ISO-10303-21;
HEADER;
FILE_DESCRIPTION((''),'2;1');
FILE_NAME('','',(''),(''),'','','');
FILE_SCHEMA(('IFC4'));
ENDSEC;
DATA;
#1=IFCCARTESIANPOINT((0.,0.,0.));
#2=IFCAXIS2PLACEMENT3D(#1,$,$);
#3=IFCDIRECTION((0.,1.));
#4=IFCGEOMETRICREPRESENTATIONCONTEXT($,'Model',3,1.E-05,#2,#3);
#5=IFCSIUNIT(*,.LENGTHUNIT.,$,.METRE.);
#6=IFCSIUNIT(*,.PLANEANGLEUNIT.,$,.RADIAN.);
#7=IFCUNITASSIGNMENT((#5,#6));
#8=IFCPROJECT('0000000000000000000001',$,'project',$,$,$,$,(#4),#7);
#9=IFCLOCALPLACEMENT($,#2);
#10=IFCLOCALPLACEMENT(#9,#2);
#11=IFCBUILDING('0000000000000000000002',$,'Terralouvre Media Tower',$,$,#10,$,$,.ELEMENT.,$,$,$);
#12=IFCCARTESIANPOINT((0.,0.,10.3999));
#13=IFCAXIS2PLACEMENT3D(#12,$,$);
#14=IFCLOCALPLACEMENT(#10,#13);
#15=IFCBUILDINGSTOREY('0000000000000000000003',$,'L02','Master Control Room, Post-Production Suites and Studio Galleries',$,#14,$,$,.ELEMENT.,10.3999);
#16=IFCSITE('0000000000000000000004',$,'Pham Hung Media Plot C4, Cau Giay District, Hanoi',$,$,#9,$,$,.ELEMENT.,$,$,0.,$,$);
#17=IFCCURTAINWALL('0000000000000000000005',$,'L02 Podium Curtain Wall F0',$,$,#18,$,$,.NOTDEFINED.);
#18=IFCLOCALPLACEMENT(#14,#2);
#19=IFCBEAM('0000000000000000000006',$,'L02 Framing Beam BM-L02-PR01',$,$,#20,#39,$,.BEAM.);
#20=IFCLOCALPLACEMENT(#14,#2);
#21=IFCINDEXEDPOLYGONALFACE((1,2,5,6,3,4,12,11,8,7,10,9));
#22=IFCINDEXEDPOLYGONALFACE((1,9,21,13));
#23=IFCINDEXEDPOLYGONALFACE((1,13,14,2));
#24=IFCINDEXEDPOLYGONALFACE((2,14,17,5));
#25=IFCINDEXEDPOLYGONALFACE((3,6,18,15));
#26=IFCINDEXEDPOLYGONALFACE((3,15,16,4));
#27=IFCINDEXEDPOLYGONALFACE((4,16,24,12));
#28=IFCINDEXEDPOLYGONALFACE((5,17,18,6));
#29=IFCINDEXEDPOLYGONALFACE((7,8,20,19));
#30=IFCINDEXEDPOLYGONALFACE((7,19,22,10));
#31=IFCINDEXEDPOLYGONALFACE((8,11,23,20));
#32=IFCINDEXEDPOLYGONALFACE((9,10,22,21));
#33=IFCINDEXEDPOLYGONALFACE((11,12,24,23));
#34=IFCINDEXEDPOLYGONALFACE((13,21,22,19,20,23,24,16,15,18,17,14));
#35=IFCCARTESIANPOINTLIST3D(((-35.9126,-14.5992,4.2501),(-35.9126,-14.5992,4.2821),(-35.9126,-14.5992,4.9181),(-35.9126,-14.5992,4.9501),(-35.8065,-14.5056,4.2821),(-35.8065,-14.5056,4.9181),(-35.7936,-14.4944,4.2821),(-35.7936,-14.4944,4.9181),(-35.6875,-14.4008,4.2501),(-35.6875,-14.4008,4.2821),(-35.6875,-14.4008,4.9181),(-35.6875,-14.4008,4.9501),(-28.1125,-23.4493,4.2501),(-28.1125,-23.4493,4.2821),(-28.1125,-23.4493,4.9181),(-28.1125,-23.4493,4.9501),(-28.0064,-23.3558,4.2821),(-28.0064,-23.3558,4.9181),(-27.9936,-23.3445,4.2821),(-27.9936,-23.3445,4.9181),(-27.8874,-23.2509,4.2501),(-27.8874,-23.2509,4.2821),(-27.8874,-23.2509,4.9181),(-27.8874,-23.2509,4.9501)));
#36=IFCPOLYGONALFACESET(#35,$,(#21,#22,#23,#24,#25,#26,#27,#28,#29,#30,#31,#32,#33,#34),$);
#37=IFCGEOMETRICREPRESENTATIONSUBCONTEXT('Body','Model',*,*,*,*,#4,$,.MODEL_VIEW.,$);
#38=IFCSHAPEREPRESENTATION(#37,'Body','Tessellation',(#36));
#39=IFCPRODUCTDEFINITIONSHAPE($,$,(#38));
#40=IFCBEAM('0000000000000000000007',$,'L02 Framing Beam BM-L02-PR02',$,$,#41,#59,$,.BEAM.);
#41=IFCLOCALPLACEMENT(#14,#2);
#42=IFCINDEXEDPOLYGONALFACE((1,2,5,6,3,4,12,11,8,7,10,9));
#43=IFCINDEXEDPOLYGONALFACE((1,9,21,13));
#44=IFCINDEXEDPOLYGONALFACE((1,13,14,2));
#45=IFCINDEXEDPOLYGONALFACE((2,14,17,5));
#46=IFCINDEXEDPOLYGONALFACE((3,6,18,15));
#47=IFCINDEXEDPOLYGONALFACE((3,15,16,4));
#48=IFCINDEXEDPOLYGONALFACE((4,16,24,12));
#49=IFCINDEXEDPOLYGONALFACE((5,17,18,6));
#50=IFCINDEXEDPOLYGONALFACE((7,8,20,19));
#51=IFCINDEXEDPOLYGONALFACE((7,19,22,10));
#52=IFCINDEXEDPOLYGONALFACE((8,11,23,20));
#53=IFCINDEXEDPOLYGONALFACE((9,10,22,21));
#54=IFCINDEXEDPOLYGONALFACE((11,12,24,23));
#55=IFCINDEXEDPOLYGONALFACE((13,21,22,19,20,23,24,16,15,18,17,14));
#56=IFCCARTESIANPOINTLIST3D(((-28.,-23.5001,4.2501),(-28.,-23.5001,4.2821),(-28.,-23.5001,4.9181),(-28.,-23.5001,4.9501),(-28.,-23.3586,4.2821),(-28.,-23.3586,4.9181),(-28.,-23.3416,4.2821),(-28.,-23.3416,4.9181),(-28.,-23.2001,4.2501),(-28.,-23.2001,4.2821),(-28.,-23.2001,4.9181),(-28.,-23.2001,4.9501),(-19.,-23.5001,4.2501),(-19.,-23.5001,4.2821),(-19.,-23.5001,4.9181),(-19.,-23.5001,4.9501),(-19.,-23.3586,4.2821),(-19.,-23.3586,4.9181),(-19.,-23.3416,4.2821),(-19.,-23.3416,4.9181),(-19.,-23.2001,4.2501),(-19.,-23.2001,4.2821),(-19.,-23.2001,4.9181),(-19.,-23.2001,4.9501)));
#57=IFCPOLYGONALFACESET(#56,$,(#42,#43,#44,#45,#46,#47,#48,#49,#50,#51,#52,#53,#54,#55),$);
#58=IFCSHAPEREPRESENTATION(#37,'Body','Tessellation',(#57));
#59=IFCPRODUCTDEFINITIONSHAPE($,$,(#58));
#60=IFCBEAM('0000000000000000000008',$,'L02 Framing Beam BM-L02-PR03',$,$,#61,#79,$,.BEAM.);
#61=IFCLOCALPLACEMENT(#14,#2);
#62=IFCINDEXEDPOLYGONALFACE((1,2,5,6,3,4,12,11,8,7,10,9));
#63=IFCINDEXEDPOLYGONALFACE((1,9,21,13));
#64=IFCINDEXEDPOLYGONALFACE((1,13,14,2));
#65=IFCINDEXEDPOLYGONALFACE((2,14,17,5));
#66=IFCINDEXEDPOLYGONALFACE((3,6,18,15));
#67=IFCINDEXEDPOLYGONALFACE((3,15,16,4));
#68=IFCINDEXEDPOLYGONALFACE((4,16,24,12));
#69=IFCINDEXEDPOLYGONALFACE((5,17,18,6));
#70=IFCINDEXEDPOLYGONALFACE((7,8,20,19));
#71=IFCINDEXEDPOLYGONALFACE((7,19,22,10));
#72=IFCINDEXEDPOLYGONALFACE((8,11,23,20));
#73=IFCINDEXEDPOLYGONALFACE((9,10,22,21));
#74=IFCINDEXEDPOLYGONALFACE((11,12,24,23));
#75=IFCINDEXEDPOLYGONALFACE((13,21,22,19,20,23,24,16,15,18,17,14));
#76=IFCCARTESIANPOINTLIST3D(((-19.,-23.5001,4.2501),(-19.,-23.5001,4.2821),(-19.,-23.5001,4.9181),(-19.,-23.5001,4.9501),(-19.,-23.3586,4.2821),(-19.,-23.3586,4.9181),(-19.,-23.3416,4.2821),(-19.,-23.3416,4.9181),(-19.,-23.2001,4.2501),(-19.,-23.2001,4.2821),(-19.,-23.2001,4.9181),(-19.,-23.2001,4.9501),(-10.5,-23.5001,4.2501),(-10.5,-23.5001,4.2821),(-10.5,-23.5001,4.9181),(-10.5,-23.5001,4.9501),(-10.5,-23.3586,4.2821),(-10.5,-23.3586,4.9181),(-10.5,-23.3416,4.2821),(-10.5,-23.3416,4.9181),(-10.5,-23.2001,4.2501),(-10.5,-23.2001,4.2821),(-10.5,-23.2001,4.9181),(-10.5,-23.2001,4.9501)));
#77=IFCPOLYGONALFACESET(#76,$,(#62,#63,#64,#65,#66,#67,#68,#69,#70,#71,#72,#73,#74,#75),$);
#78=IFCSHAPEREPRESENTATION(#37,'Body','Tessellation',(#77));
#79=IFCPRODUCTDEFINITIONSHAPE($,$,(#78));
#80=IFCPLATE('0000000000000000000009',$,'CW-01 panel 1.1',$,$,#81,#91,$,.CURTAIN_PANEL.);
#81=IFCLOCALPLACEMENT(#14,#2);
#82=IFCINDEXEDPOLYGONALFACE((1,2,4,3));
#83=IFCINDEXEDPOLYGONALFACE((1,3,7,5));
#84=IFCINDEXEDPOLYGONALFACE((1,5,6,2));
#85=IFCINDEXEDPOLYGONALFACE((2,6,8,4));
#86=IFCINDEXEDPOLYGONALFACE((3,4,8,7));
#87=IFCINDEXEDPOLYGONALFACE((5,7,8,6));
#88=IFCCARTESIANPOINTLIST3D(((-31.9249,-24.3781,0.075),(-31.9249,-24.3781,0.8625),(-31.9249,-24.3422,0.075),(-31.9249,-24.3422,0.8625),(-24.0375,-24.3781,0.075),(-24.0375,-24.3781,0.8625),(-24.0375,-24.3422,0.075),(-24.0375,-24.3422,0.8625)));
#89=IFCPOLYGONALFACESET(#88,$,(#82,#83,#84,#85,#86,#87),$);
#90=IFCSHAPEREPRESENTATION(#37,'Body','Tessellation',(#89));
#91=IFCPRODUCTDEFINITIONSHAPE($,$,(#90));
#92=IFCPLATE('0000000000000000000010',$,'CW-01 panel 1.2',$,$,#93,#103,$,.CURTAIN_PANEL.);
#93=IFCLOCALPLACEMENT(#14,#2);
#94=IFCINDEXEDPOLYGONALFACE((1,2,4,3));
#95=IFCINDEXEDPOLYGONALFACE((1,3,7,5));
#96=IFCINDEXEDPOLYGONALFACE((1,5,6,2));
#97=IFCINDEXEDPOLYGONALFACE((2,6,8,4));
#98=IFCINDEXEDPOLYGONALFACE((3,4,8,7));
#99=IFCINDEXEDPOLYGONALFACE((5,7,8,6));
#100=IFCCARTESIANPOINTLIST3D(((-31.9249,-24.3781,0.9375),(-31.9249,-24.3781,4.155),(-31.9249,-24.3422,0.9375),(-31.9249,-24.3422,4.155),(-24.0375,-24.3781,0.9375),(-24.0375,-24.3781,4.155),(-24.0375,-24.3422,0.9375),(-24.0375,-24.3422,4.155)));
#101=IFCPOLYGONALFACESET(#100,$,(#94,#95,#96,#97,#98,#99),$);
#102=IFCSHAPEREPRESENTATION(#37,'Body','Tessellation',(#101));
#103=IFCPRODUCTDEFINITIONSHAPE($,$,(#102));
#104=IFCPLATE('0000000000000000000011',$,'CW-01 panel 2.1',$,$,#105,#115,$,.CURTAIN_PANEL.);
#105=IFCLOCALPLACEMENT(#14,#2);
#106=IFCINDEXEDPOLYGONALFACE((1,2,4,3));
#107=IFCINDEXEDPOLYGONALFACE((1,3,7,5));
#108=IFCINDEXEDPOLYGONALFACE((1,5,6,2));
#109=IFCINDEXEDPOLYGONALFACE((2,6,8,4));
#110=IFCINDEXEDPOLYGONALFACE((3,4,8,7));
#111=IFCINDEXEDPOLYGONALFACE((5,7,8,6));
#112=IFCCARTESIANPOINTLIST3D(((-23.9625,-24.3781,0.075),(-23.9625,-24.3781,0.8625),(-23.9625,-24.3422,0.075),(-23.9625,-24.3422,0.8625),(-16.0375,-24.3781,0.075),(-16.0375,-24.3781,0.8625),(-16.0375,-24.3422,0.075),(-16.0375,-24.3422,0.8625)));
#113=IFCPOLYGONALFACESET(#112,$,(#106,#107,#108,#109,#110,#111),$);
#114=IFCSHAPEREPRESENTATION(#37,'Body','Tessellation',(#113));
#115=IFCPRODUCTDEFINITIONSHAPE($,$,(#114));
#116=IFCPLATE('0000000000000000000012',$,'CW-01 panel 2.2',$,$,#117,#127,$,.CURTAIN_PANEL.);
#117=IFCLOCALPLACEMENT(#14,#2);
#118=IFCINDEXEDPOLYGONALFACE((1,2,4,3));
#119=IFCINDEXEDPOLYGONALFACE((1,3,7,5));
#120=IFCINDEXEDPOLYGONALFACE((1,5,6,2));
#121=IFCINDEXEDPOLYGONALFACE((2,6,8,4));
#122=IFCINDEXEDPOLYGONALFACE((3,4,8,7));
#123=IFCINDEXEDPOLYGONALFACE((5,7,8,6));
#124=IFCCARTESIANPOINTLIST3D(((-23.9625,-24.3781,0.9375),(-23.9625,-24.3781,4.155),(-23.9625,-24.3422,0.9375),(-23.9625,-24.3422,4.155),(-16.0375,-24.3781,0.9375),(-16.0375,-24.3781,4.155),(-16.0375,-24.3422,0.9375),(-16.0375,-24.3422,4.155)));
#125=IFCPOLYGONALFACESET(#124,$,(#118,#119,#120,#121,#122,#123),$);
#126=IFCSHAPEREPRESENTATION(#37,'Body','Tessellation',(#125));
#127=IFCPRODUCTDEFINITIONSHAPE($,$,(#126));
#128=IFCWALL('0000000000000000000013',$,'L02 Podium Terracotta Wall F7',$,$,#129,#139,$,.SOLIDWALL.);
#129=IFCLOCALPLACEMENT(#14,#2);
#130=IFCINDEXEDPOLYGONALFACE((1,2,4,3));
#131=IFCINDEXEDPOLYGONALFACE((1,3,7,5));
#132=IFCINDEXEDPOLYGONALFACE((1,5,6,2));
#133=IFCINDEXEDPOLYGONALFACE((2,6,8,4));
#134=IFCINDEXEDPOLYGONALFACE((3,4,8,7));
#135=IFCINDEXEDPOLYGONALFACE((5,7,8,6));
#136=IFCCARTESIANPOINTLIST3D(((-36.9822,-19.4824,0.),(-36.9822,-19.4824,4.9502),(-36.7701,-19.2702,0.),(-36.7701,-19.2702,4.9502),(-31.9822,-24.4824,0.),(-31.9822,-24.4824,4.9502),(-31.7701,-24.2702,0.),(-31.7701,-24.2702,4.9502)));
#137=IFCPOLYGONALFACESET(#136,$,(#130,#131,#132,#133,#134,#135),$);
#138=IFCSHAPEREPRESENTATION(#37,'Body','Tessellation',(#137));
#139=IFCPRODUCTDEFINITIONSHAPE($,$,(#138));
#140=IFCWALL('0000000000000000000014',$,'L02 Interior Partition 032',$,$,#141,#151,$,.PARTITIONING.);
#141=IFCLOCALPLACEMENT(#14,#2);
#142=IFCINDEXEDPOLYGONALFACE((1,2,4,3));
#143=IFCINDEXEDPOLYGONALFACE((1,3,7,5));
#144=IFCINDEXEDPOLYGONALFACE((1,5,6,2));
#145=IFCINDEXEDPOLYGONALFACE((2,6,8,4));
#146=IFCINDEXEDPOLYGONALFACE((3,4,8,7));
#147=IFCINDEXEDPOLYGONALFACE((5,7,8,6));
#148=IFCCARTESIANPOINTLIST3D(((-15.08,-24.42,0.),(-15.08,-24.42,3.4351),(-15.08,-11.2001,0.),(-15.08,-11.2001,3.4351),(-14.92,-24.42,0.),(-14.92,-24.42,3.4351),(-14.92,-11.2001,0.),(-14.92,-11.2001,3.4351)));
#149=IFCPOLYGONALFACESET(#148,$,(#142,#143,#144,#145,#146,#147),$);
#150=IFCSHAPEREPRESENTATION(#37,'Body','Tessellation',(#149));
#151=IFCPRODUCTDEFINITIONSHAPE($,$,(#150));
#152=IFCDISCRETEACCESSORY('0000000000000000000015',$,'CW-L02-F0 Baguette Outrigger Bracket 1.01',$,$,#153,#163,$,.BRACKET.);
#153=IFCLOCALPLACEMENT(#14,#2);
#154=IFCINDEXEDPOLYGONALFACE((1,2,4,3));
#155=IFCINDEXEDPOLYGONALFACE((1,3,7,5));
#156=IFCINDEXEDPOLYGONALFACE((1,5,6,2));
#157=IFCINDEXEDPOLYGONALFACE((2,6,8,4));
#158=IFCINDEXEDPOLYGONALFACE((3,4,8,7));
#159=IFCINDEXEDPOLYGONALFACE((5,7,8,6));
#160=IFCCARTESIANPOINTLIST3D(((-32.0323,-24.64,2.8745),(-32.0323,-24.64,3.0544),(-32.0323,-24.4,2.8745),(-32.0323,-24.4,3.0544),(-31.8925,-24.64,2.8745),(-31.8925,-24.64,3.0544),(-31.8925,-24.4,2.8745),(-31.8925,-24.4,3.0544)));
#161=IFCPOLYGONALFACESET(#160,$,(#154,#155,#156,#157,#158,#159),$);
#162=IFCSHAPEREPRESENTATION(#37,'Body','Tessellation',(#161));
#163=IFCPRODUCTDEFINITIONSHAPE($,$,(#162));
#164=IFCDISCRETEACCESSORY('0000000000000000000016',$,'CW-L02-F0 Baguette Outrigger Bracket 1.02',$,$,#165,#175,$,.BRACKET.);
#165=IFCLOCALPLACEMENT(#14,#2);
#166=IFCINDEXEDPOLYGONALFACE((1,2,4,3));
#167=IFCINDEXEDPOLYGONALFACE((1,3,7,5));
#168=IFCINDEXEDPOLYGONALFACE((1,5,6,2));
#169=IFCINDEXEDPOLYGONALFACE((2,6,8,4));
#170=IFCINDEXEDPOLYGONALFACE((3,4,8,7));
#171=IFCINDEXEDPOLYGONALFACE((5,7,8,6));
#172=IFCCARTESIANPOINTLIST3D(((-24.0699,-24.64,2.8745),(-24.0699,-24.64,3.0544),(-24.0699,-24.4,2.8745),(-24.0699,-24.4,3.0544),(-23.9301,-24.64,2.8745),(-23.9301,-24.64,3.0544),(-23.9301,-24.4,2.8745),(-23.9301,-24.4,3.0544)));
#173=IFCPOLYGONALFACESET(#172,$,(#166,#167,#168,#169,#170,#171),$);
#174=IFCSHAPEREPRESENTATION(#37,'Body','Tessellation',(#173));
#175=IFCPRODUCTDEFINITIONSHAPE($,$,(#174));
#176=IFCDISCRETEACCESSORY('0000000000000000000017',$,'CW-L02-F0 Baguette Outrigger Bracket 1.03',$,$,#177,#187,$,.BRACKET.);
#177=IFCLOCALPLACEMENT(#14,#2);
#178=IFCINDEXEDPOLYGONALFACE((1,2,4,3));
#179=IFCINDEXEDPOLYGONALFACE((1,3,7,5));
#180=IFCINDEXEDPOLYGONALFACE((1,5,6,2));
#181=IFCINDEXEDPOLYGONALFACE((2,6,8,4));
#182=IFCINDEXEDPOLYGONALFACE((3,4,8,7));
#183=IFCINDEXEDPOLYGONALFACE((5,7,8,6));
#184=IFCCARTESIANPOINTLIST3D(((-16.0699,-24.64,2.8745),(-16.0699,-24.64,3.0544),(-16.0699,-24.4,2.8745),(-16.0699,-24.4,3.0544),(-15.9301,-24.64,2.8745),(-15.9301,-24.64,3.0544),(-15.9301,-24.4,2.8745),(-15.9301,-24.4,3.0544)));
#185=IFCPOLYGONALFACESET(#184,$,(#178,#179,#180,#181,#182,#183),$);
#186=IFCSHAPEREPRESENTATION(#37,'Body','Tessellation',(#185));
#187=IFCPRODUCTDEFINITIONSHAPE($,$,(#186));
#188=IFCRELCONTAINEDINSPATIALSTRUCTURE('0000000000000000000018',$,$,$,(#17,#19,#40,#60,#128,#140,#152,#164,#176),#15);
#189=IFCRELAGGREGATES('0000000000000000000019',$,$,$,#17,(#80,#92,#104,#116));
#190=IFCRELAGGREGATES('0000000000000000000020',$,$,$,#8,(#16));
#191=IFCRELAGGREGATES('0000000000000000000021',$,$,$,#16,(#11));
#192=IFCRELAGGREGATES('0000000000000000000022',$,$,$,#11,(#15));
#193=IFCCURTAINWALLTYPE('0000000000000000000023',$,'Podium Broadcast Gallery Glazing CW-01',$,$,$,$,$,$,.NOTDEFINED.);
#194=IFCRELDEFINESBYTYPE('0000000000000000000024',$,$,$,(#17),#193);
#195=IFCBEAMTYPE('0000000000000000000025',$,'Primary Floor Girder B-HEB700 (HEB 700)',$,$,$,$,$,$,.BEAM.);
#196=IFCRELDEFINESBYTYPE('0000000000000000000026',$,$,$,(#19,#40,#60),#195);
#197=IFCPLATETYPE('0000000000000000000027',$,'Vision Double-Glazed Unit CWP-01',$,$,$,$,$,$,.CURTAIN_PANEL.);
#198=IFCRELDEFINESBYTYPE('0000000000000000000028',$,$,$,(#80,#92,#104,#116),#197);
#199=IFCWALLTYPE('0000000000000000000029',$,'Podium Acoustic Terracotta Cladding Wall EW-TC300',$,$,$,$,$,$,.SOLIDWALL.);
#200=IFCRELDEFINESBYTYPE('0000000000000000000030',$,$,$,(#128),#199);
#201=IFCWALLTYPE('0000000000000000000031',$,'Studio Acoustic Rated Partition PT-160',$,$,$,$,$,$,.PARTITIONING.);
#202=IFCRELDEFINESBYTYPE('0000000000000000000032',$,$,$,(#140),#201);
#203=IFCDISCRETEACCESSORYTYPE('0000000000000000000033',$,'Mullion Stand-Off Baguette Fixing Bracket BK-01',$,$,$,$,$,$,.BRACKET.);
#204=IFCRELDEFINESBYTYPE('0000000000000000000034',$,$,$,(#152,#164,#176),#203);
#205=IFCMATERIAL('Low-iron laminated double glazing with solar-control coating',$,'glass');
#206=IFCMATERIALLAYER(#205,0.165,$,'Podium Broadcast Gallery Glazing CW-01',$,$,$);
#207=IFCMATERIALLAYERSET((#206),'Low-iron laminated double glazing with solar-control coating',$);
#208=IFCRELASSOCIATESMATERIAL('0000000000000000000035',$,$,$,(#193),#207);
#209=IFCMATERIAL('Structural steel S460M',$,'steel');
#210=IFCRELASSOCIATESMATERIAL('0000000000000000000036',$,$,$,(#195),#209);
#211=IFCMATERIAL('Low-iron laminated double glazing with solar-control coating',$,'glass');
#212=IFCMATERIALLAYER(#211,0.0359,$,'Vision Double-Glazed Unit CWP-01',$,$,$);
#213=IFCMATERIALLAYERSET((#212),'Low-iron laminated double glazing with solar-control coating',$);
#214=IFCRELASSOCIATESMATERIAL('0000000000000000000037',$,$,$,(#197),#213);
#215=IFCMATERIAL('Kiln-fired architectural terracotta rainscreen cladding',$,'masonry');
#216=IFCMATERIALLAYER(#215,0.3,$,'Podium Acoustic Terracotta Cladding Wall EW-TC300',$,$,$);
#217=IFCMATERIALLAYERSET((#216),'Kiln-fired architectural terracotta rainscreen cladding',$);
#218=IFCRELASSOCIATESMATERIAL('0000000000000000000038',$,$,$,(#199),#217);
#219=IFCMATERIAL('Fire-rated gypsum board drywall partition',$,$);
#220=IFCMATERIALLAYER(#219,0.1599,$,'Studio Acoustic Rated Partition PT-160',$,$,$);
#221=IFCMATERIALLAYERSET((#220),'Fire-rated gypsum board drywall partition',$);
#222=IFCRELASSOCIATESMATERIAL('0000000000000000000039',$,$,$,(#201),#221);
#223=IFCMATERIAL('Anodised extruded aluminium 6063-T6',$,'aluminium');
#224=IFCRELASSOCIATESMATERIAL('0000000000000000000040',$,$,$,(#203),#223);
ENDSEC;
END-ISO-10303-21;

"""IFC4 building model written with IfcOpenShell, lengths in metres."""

from ifc_helpers import new_model, si_unit, direction, frame, frame_2d, origin, origin_2d, place, context, subcontext, project, spatial, rectangle, i_section, extrude, material, layer, layer_set, material_profile, profile_set, type_object, element, aggregate, save


model = new_model("IFC4")

# Units and contexts
model_context = context("Model", 3, precision=1e-05, world=origin(), true_north=direction((0.0, 1.0)))
body_context = subcontext(model_context, "Body", "Model", "MODEL_VIEW")
ifc_project = project(units=[si_unit("LENGTHUNIT", "METRE"), si_unit("PLANEANGLEUNIT", "RADIAN")], contexts=[model_context])

# Site, building, storey
site_placement = place(None, origin())
site = spatial("IfcSite", under=ifc_project, at=site_placement, Name="Pham Hung Media Plot C4, Cau Giay District, Hanoi", CompositionType="ELEMENT", RefElevation=0.0)
building_placement = place(site_placement, origin())
building = spatial("IfcBuilding", under=site, at=building_placement, Name="Terralouvre Media Tower", CompositionType="ELEMENT")
storey_placement = place(building_placement, frame((0.0, 0.0, 10.3999)))
storey = spatial("IfcBuildingStorey", under=building, at=storey_placement, Name="L02", Description="Master Control Room, Post-Production Suites and Studio Galleries", CompositionType="ELEMENT", Elevation=10.3999)

# Curtain wall
ifc_material_1 = material(Name="Low-iron laminated double glazing with solar-control coating", Category="glass")
ifc_layer_1 = layer(ifc_material_1, 0.165, Name="Podium Broadcast Gallery Glazing CW-01")
ifc_layer_set_1 = layer_set([ifc_layer_1], Name="Low-iron laminated double glazing with solar-control coating")
curtain_wall_type = type_object("IfcCurtainWallType", Name="Podium Broadcast Gallery Glazing CW-01", PredefinedType="NOTDEFINED", material=ifc_layer_set_1)
curtain_wall_placement = place(storey_placement, origin())
curtain_wall = element("IfcCurtainWall", 1, at=curtain_wall_placement, inside=storey, type_object=curtain_wall_type, Name="L02 Podium Curtain Wall F0", PredefinedType="NOTDEFINED")

# Beams
ifc_material_2 = material(Name="Structural steel S460M", Category="steel")
ifc_material_profile_1 = material_profile(ifc_material_2, i_section(OverallWidth=0.3, OverallDepth=0.7, WebThickness=0.0171, FlangeThickness=0.032, at=origin_2d()), Name="HEB 700")
ifc_profile_set_1 = profile_set([ifc_material_profile_1], Name="Structural steel S460M")
beam_type = type_object("IfcBeamType", Name="Primary Floor Girder B-HEB700 (HEB 700)", PredefinedType="BEAM", material=ifc_profile_set_1)
beam_1_placement = place(storey_placement, frame((-35.8, -14.5, 4.6001), z_axis=(0.661199, -0.75021, 0.0), x_axis=(0.75021, 0.661199, 0.0)))
element("IfcBeam", 2, at=beam_1_placement, inside=storey, type_object=beam_type, Name="L02 Framing Beam BM-L02-PR01", PredefinedType="BEAM", context=body_context, shape_type="SweptSolid", body=[
    extrude(i_section(OverallWidth=0.3, OverallDepth=0.7, WebThickness=0.0171, FlangeThickness=0.032, at=origin_2d()), origin(), (0.0, 0.0, 1.0), 11.7969),
])
beam_2_placement = place(storey_placement, frame((-28.0, -23.3501, 4.6001), z_axis=(1.0, 0.0, 0.0), x_axis=(0.0, 1.0, 0.0)))
element("IfcBeam", 3, at=beam_2_placement, inside=storey, type_object=beam_type, Name="L02 Framing Beam BM-L02-PR02", PredefinedType="BEAM", context=body_context, shape_type="SweptSolid", body=[
    extrude(i_section(OverallWidth=0.3, OverallDepth=0.7, WebThickness=0.0171, FlangeThickness=0.032, at=origin_2d()), origin(), (0.0, 0.0, 1.0), 9.0),
])
beam_3_placement = place(storey_placement, frame((-19.0, -23.3501, 4.6001), z_axis=(1.0, 0.0, 0.0), x_axis=(0.0, 1.0, 0.0)))
element("IfcBeam", 4, at=beam_3_placement, inside=storey, type_object=beam_type, Name="L02 Framing Beam BM-L02-PR03", PredefinedType="BEAM", context=body_context, shape_type="SweptSolid", body=[
    extrude(i_section(OverallWidth=0.3, OverallDepth=0.7, WebThickness=0.0171, FlangeThickness=0.032, at=origin_2d()), origin(), (0.0, 0.0, 1.0), 8.5),
])

# Plates
ifc_material_3 = material(Name="Low-iron laminated double glazing with solar-control coating", Category="glass")
ifc_layer_2 = layer(ifc_material_3, 0.0359, Name="Vision Double-Glazed Unit CWP-01")
ifc_layer_set_2 = layer_set([ifc_layer_2], Name="Low-iron laminated double glazing with solar-control coating")
plate_type = type_object("IfcPlateType", Name="Vision Double-Glazed Unit CWP-01", PredefinedType="CURTAIN_PANEL", material=ifc_layer_set_2)
plate_1_placement = place(storey_placement, frame((-27.9812, -24.3601, 0.075), z_axis=(0.0, 0.0, 1.0), x_axis=(1.0, 0.0, 0.0)))
plate_1 = element("IfcPlate", 5, at=plate_1_placement, type_object=plate_type, Name="CW-01 panel 1.1", PredefinedType="CURTAIN_PANEL", context=body_context, shape_type="SweptSolid", body=[
    extrude(rectangle(XDim=7.8875, YDim=0.0359, at=origin_2d()), origin(), (0.0, 0.0, 1.0), 0.7876),
])
plate_2_placement = place(storey_placement, frame((-27.9812, -24.3601, 0.9375), z_axis=(0.0, 0.0, 1.0), x_axis=(1.0, 0.0, 0.0)))
plate_2 = element("IfcPlate", 6, at=plate_2_placement, type_object=plate_type, Name="CW-01 panel 1.2", PredefinedType="CURTAIN_PANEL", context=body_context, shape_type="SweptSolid", body=[
    extrude(rectangle(XDim=7.8875, YDim=0.0359, at=origin_2d()), origin(), (0.0, 0.0, 1.0), 3.2175),
])
plate_3_placement = place(storey_placement, frame((-20.0, -24.3601, 0.075), z_axis=(0.0, 0.0, 1.0), x_axis=(1.0, 0.0, 0.0)))
plate_3 = element("IfcPlate", 7, at=plate_3_placement, type_object=plate_type, Name="CW-01 panel 2.1", PredefinedType="CURTAIN_PANEL", context=body_context, shape_type="SweptSolid", body=[
    extrude(rectangle(XDim=7.925, YDim=0.0359, at=origin_2d()), origin(), (0.0, 0.0, 1.0), 0.7876),
])
plate_4_placement = place(storey_placement, frame((-20.0, -24.3601, 0.9375), z_axis=(0.0, 0.0, 1.0), x_axis=(1.0, 0.0, 0.0)))
plate_4 = element("IfcPlate", 8, at=plate_4_placement, type_object=plate_type, Name="CW-01 panel 2.2", PredefinedType="CURTAIN_PANEL", context=body_context, shape_type="SweptSolid", body=[
    extrude(rectangle(XDim=7.925, YDim=0.0359, at=origin_2d()), origin(), (0.0, 0.0, 1.0), 3.2175),
])
aggregate(curtain_wall, [plate_1, plate_2, plate_3, plate_4])

# Walls
ifc_material_4 = material(Name="Kiln-fired architectural terracotta rainscreen cladding", Category="masonry")
ifc_layer_3 = layer(ifc_material_4, 0.3, Name="Podium Acoustic Terracotta Cladding Wall EW-TC300")
ifc_layer_set_3 = layer_set([ifc_layer_3], Name="Kiln-fired architectural terracotta rainscreen cladding")
wall_type_1 = type_object("IfcWallType", Name="Podium Acoustic Terracotta Cladding Wall EW-TC300", PredefinedType="SOLIDWALL", material=ifc_layer_set_3)
wall_1_placement = place(storey_placement, frame((-36.8762, -19.3762, 0.0), z_axis=(0.0, 0.0, 1.0), x_axis=(0.707107, -0.707107, 0.0)))
element("IfcWall", 9, at=wall_1_placement, inside=storey, type_object=wall_type_1, Name="L02 Podium Terracotta Wall F7", PredefinedType="SOLIDWALL", context=body_context, shape_type="SweptSolid", body=[
    extrude(rectangle(XDim=7.071, YDim=0.3, at=frame_2d((3.5356, 0.0))), origin(), (0.0, 0.0, 1.0), 4.9502),
])
ifc_material_5 = material(Name="Fire-rated gypsum board drywall partition")
ifc_layer_4 = layer(ifc_material_5, 0.1599, Name="Studio Acoustic Rated Partition PT-160")
ifc_layer_set_4 = layer_set([ifc_layer_4], Name="Fire-rated gypsum board drywall partition")
wall_type_2 = type_object("IfcWallType", Name="Studio Acoustic Rated Partition PT-160", PredefinedType="PARTITIONING", material=ifc_layer_set_4)
wall_2_placement = place(storey_placement, frame((-15.0, -24.4199, 0.0), z_axis=(0.0, 0.0, 1.0), x_axis=(0.0, 1.0, 0.0)))
element("IfcWall", 10, at=wall_2_placement, inside=storey, type_object=wall_type_2, Name="L02 Interior Partition 032", PredefinedType="PARTITIONING", context=body_context, shape_type="SweptSolid", body=[
    extrude(rectangle(XDim=13.22, YDim=0.1599, at=frame_2d((6.6099, 0.0))), origin(), (0.0, 0.0, 1.0), 3.4351),
])

# Discrete accessories
ifc_material_6 = material(Name="Anodised extruded aluminium 6063-T6", Category="aluminium")
discrete_accessory_type = type_object("IfcDiscreteAccessoryType", Name="Mullion Stand-Off Baguette Fixing Bracket BK-01", PredefinedType="BRACKET", material=ifc_material_6)
for number, where, z_axis, x_axis, name in (
    (11, (-31.9624, -24.52, 2.8745), (0.0, 0.0, 1.0), (1.0, 0.0, 0.0), "CW-L02-F0 Baguette Outrigger Bracket 1.01"),
    (12, (-24.0, -24.52, 2.8745), (0.0, 0.0, 1.0), (1.0, 0.0, 0.0), "CW-L02-F0 Baguette Outrigger Bracket 1.02"),
    (13, (-16.0, -24.52, 2.8745), (0.0, 0.0, 1.0), (1.0, 0.0, 0.0), "CW-L02-F0 Baguette Outrigger Bracket 1.03"),
):
    element("IfcDiscreteAccessory", number, at=place(storey_placement, frame(where, z_axis=z_axis, x_axis=x_axis)), inside=storey, type_object=discrete_accessory_type, Name=name, PredefinedType="BRACKET", context=body_context, shape_type="SweptSolid", body=[
        extrude(rectangle(XDim=0.1399, YDim=0.24, at=origin_2d()), origin(), (0.0, 0.0, 1.0), 0.1799),
    ])

save(model, "model.ifc")
